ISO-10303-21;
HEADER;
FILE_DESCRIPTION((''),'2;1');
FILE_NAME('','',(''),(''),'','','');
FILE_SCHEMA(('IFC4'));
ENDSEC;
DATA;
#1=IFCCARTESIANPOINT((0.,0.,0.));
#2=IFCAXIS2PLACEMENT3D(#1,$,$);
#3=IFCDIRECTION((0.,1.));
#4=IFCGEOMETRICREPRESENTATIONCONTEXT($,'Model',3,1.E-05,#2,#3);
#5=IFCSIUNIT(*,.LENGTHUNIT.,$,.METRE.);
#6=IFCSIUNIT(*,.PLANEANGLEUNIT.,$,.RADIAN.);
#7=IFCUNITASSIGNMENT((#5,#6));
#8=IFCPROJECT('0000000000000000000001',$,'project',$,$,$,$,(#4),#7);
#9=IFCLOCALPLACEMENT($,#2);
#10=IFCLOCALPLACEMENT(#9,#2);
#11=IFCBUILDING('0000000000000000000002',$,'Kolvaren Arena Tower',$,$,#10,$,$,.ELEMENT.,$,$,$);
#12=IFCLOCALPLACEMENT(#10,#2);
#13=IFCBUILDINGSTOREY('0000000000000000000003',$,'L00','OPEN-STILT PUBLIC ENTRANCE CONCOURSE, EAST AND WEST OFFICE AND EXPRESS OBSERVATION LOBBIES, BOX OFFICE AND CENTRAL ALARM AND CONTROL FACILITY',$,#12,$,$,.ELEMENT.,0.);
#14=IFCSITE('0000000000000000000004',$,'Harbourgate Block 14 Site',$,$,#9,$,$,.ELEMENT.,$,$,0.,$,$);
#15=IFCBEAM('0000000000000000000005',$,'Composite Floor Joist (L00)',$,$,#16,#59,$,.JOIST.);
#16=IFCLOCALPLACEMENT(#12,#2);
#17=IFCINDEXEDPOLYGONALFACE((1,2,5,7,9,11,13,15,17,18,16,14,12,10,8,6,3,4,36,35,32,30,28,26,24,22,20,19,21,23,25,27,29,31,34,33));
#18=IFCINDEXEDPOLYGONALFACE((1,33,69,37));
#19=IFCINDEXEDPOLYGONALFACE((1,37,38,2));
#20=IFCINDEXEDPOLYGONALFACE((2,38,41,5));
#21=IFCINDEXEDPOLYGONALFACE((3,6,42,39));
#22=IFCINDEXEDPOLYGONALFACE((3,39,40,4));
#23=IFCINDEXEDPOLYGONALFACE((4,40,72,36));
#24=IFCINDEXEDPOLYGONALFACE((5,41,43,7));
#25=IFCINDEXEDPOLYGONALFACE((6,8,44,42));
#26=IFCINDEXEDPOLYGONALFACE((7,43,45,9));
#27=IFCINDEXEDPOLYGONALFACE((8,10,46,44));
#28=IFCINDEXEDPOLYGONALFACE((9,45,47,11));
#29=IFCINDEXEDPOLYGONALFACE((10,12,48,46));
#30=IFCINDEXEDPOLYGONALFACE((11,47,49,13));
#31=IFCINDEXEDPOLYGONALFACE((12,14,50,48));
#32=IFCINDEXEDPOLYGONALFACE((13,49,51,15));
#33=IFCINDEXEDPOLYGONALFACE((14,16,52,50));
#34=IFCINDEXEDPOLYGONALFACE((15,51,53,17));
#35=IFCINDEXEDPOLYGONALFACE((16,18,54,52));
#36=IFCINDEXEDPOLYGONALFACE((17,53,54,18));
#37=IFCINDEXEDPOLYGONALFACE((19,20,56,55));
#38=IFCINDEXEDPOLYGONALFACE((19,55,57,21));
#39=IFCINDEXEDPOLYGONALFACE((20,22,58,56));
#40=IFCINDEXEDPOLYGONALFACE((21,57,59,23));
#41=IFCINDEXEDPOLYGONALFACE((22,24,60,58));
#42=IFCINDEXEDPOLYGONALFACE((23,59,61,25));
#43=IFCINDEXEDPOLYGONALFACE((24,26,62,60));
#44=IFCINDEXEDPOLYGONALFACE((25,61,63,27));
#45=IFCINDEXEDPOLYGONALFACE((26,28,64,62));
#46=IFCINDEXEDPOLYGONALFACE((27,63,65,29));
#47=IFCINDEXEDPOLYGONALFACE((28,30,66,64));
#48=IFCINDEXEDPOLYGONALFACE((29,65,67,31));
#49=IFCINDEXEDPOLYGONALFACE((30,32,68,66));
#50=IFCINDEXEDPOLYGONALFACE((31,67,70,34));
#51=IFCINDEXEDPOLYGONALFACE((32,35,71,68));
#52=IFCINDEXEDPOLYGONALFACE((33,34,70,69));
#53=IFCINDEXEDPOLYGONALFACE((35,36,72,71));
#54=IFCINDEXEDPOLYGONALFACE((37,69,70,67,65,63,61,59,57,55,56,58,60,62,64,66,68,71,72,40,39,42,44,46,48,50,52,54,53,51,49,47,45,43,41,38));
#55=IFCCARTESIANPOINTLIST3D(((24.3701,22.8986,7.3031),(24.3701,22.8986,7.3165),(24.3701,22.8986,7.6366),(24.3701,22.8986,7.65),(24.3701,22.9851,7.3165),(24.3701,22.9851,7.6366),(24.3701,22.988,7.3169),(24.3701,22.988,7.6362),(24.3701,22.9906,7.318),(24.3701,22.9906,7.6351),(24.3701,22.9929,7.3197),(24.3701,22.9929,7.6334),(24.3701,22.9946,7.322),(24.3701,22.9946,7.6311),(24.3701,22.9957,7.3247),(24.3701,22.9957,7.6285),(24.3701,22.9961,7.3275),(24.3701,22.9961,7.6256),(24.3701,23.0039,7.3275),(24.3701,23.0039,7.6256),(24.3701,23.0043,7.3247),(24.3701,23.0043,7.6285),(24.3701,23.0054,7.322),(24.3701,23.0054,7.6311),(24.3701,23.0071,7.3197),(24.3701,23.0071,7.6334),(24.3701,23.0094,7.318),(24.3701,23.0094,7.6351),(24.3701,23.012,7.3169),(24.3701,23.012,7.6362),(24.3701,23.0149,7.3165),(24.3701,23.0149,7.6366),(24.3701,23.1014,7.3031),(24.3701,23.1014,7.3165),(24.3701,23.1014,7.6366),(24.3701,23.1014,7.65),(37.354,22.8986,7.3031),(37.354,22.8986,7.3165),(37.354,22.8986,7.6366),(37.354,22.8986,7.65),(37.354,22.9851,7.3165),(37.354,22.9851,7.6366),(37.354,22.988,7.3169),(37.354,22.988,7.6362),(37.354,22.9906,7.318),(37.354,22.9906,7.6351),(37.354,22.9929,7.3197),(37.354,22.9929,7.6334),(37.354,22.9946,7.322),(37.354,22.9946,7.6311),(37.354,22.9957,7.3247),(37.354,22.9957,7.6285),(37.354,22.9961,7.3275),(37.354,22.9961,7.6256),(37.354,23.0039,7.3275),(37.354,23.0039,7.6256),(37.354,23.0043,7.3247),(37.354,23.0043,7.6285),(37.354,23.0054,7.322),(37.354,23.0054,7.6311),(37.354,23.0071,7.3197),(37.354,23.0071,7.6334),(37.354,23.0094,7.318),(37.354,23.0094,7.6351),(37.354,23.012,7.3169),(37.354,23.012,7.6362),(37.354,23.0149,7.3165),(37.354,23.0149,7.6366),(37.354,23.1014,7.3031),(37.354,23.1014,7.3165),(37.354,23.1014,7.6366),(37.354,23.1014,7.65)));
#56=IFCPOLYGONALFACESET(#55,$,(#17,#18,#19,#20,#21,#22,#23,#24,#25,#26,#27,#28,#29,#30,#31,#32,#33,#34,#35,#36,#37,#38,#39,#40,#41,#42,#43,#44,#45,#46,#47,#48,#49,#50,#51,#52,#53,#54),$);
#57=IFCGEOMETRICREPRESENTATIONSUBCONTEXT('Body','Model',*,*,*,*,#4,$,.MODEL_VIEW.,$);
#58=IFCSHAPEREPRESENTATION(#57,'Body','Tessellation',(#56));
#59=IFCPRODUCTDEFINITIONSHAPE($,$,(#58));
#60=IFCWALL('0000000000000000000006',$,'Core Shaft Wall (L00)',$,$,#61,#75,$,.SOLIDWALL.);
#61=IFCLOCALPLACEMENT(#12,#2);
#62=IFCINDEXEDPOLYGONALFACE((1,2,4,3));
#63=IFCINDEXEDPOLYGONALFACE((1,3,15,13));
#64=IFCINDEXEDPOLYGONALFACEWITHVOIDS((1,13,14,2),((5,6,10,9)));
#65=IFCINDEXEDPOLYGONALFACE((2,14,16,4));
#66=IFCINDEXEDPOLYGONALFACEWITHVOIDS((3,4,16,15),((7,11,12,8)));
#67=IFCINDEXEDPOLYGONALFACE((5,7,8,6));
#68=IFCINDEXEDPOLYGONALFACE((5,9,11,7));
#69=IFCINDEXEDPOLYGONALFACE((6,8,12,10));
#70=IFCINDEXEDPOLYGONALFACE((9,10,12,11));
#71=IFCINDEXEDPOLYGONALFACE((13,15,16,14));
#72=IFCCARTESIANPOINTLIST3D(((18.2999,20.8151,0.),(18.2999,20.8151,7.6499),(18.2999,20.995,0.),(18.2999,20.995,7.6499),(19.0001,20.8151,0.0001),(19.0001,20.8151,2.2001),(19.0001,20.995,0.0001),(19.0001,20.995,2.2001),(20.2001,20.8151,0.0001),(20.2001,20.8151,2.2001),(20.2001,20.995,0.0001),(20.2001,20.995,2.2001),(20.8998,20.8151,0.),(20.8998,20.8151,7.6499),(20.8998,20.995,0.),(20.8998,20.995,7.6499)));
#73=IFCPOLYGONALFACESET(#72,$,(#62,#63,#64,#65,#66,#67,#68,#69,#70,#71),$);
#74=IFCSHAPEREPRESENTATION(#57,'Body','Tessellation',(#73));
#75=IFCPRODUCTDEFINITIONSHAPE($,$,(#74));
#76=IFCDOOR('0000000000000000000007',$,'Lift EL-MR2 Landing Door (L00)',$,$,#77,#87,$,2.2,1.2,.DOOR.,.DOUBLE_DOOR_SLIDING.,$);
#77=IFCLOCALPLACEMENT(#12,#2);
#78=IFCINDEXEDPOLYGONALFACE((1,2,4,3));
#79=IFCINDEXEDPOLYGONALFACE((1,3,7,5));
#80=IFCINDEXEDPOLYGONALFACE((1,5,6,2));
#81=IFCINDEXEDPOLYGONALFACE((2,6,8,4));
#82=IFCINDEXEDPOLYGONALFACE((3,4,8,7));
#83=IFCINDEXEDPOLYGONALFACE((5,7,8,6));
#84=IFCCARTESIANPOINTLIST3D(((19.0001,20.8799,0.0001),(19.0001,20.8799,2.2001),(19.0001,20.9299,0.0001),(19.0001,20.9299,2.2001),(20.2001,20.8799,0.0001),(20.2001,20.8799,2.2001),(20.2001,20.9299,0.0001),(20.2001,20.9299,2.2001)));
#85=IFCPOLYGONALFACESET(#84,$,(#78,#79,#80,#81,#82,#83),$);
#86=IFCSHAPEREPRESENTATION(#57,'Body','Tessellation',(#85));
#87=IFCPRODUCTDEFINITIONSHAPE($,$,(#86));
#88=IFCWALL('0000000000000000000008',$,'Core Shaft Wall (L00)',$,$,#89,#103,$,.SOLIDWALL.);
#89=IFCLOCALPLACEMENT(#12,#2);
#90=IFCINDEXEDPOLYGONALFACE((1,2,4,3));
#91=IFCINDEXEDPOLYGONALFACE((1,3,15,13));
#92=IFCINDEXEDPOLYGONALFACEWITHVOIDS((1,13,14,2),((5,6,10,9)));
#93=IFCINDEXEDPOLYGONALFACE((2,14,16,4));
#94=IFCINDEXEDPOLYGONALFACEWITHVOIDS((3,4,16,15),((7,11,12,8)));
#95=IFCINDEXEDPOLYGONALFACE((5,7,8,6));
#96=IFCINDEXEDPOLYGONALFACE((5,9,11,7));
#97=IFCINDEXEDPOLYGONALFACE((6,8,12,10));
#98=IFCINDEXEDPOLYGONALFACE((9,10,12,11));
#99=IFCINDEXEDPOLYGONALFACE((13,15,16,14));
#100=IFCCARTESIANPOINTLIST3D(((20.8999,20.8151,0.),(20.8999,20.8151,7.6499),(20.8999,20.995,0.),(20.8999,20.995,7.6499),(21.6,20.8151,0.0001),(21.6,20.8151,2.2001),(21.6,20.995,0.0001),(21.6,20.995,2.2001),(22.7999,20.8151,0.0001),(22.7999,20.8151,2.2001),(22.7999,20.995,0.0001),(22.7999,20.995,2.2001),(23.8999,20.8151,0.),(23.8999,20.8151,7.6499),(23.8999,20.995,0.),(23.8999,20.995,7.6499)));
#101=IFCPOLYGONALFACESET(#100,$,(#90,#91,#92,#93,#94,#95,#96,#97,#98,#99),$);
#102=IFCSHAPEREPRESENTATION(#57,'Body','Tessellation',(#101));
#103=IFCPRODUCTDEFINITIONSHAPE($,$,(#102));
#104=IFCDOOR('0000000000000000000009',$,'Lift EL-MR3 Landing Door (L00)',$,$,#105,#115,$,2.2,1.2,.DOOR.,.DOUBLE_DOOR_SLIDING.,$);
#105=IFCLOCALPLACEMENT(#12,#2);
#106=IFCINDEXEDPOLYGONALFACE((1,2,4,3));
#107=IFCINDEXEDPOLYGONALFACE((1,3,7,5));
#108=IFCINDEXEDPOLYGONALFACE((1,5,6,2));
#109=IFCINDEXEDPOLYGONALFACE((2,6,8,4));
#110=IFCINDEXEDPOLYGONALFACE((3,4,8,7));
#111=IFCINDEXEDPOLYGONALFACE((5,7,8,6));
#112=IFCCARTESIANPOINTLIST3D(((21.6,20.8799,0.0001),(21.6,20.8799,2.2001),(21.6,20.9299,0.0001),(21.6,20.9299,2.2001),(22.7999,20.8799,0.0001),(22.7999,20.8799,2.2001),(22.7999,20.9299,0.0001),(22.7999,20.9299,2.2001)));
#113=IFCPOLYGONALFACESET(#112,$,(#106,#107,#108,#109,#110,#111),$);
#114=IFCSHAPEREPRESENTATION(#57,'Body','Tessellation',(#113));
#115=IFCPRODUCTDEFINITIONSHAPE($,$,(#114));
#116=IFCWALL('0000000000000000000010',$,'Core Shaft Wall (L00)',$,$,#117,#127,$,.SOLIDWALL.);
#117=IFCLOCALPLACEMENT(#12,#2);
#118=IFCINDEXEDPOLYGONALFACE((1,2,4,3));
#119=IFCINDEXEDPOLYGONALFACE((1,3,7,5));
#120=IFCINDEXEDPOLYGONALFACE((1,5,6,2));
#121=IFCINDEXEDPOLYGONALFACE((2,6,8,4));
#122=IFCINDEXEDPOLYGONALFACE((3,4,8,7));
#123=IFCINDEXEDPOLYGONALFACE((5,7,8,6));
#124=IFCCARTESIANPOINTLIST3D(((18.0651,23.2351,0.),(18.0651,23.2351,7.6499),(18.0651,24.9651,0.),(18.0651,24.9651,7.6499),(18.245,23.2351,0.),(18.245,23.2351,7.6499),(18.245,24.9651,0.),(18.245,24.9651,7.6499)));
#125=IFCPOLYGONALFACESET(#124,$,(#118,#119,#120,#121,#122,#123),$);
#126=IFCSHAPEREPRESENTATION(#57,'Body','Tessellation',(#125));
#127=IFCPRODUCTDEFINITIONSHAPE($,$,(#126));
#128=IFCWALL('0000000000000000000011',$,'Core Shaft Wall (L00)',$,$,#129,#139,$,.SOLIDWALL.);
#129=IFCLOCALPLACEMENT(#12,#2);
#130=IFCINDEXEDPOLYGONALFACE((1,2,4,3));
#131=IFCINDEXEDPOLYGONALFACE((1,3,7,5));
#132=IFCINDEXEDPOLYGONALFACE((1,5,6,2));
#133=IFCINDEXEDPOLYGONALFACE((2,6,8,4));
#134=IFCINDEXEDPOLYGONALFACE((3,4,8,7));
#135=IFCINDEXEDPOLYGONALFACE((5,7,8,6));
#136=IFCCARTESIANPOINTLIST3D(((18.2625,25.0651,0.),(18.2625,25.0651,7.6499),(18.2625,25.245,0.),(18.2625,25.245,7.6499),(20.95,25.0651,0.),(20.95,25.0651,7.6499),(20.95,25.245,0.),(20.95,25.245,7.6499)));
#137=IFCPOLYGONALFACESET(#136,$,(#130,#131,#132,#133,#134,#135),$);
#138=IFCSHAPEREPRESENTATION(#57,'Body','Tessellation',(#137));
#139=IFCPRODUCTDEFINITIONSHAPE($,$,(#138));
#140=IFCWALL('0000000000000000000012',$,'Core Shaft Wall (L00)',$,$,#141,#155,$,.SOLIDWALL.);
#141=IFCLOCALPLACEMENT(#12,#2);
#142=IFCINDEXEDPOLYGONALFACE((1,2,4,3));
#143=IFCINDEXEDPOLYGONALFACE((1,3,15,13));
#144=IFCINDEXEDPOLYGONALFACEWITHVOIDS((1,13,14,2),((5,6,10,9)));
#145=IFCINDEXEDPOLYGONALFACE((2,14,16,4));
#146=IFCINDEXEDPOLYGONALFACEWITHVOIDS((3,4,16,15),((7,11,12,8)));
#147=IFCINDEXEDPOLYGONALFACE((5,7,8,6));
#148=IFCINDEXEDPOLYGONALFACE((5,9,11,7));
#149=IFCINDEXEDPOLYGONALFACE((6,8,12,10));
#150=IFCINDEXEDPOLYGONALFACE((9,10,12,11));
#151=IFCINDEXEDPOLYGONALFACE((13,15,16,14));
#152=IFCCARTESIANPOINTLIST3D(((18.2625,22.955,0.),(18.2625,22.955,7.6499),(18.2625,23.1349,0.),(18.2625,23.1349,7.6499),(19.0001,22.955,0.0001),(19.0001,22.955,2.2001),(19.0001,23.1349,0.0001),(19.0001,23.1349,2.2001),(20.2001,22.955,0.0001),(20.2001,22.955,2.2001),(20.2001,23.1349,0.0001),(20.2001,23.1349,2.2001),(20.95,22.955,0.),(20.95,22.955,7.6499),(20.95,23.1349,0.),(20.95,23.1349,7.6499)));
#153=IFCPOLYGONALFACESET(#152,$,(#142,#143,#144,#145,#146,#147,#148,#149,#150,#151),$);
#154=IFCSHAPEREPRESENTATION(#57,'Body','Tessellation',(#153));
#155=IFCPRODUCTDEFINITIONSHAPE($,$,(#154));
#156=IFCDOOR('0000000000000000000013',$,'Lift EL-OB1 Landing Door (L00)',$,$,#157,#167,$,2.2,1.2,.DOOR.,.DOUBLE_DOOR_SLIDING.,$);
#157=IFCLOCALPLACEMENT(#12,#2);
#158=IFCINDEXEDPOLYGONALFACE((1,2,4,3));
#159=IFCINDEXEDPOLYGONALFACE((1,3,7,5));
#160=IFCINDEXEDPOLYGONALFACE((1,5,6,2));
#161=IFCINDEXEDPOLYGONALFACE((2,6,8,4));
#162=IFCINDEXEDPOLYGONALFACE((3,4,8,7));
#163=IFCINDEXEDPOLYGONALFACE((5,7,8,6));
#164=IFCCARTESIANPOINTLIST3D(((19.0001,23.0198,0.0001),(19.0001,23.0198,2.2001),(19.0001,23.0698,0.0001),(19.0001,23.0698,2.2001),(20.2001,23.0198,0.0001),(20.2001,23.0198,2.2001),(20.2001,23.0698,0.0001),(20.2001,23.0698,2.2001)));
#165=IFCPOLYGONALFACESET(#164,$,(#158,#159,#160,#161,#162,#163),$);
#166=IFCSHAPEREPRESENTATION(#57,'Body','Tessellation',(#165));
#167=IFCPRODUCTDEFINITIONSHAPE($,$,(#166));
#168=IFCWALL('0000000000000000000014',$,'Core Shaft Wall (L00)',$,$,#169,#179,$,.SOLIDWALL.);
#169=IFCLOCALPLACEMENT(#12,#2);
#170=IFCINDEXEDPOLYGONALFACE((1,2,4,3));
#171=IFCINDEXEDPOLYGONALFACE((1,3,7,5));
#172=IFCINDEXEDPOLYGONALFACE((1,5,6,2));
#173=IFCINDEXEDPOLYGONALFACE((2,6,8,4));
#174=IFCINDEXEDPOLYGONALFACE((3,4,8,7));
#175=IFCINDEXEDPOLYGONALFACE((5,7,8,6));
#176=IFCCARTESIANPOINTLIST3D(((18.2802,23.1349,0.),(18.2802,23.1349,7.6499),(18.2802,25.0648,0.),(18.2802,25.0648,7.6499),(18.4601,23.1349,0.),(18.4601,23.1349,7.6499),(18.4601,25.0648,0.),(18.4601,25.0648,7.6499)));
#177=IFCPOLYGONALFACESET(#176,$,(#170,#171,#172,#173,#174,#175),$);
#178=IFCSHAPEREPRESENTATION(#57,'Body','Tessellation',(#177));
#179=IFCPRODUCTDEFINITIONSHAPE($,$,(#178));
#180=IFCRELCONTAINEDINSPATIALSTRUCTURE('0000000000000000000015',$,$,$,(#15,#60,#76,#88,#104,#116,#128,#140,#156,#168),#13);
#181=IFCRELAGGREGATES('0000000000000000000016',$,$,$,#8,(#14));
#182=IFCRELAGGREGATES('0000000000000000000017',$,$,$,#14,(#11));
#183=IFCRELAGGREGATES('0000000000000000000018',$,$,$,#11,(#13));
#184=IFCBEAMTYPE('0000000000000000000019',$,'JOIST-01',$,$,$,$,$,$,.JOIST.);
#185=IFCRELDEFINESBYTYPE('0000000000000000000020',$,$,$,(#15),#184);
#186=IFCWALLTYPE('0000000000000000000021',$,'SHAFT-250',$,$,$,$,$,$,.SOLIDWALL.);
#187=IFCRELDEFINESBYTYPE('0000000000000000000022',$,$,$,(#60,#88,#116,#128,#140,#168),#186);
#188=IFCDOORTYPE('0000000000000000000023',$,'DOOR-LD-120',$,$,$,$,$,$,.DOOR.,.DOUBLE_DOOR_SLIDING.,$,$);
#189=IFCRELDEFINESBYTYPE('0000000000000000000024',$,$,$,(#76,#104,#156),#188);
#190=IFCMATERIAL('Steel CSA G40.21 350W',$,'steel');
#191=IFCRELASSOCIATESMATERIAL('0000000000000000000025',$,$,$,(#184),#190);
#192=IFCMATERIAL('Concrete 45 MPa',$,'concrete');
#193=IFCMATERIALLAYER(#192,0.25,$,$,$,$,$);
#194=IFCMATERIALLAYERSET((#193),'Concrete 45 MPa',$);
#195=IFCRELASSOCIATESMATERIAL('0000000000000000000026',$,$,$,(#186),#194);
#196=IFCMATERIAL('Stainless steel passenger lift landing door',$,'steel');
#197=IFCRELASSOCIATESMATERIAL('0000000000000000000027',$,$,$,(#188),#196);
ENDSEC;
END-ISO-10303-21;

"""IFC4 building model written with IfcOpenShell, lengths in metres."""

from ifc_helpers import new_model, si_unit, direction, frame, frame_2d, origin, origin_2d, place, context, subcontext, project, spatial, rectangle, i_section, extrude, material, layer, layer_set, material_profile, profile_set, type_object, element, fill, save


model = new_model("IFC4")

# Units and contexts
model_context = context("Model", 3, precision=1e-05, world=origin(), true_north=direction((0.0, 1.0)))
body_context = subcontext(model_context, "Body", "Model", "MODEL_VIEW")
ifc_project = project(units=[si_unit("LENGTHUNIT", "METRE"), si_unit("PLANEANGLEUNIT", "RADIAN")], contexts=[model_context])

# Site, building, storey
site_placement = place(None, origin())
site = spatial("IfcSite", under=ifc_project, at=site_placement, Name="Harbourgate Block 14 Site", CompositionType="ELEMENT", RefElevation=0.0)
building_placement = place(site_placement, origin())
building = spatial("IfcBuilding", under=site, at=building_placement, Name="Kolvaren Arena Tower", CompositionType="ELEMENT")
storey_placement = place(building_placement, origin())
storey = spatial("IfcBuildingStorey", under=building, at=storey_placement, Name="L00", Description="OPEN-STILT PUBLIC ENTRANCE CONCOURSE, EAST AND WEST OFFICE AND EXPRESS OBSERVATION LOBBIES, BOX OFFICE AND CENTRAL ALARM AND CONTROL FACILITY", CompositionType="ELEMENT", Elevation=0.0)

# Beam
ifc_material_1 = material(Name="Steel CSA G40.21 350W", Category="steel")
ifc_material_profile_1 = material_profile(ifc_material_1, i_section(OverallWidth=0.2029, OverallDepth=0.3469, WebThickness=0.0078, FlangeThickness=0.0134, FilletRadius=0.011, at=origin_2d()), Name="W360x64")
ifc_profile_set_1 = profile_set([ifc_material_profile_1], Name="Steel CSA G40.21 350W")
beam_type_1 = type_object("IfcBeamType", Name="JOIST-01", PredefinedType="JOIST", material=ifc_profile_set_1)
for number, where, z_axis, x_axis, name in (
    (1, (24.3701, 23.0, 7.4766), (1.0, 0.0, 0.0), (0.0, 1.0, 0.0), "Composite Floor Joist (L00)"),
):
    element("IfcBeam", number, at=place(storey_placement, frame(where, z_axis=z_axis, x_axis=x_axis)), inside=storey, type_object=beam_type_1, Name=name, PredefinedType="JOIST", context=body_context, shape_type="SweptSolid", body=[
        extrude(i_section(OverallWidth=0.2029, OverallDepth=0.3469, WebThickness=0.0078, FlangeThickness=0.0134, FilletRadius=0.011, at=origin_2d()), origin(), (0.0, 0.0, 1.0), 12.9839),
    ])

# Walls, openings, doors
ifc_material_2 = material(Name="Concrete 45 MPa", Category="concrete")
ifc_layer = layer(ifc_material_2, 0.25)
ifc_layer_set = layer_set([ifc_layer], Name="Concrete 45 MPa")
wall_type = type_object("IfcWallType", Name="SHAFT-250", PredefinedType="SOLIDWALL", material=ifc_layer_set)
wall_1_placement = place(storey_placement, frame((18.3, 20.905, 0.0), z_axis=(0.0, 0.0, 1.0), x_axis=(1.0, 0.0, 0.0)))
wall_1 = element("IfcWall", 2, at=wall_1_placement, inside=storey, type_object=wall_type, Name="Core Shaft Wall (L00)", PredefinedType="SOLIDWALL", context=body_context, shape_type="SweptSolid", body=[
    extrude(rectangle(XDim=2.5999, YDim=0.1799, at=frame_2d((1.2998, 0.0))), origin(), (0.0, 0.0, 1.0), 7.6499),
])
opening_1_placement = place(wall_1_placement, frame((0.7, 0.0, 0.0)))
opening_1 = element("IfcOpeningElement", 3, at=opening_1_placement, cuts=wall_1, PredefinedType="OPENING", context=body_context, shape_type="SweptSolid", body=[
    extrude(rectangle(XDim=1.2, YDim=2.2, at=frame_2d((0.6001, 1.1001))), frame((0.0, 0.0999, 0.0), z_axis=(0.0, -1.0, 0.0), x_axis=(1.0, 0.0, 0.0)), (0.0, 0.0, 1.0), 0.2),
])
ifc_material_3 = material(Name="Stainless steel passenger lift landing door", Category="steel")
door_type = type_object("IfcDoorType", Name="DOOR-LD-120", OperationType="DOUBLE_DOOR_SLIDING", PredefinedType="DOOR", material=ifc_material_3)
door_1_placement = place(opening_1_placement, origin())
door_1 = element("IfcDoor", 4, at=door_1_placement, inside=storey, type_object=door_type, Name="Lift EL-MR2 Landing Door (L00)", OperationType="DOUBLE_DOOR_SLIDING", OverallHeight=2.2, OverallWidth=1.2, PredefinedType="DOOR", context=body_context, shape_type="SweptSolid", body=[
    extrude(rectangle(XDim=1.2, YDim=2.2, at=frame_2d((0.6001, 1.1001))), frame((0.0, 0.0249, 0.0), z_axis=(0.0, -1.0, 0.0), x_axis=(1.0, 0.0, 0.0)), (0.0, 0.0, 1.0), 0.05),
])
fill(opening_1, door_1)
wall_2_placement = place(storey_placement, frame((20.8999, 20.905, 0.0), z_axis=(0.0, 0.0, 1.0), x_axis=(1.0, 0.0, 0.0)))
wall_2 = element("IfcWall", 5, at=wall_2_placement, inside=storey, type_object=wall_type, Name="Core Shaft Wall (L00)", PredefinedType="SOLIDWALL", context=body_context, shape_type="SweptSolid", body=[
    extrude(rectangle(XDim=3.0, YDim=0.1799, at=frame_2d((1.5, 0.0))), origin(), (0.0, 0.0, 1.0), 7.6499),
])
opening_2_placement = place(wall_2_placement, frame((0.7, 0.0, 0.0)))
opening_2 = element("IfcOpeningElement", 6, at=opening_2_placement, cuts=wall_2, PredefinedType="OPENING", context=body_context, shape_type="SweptSolid", body=[
    extrude(rectangle(XDim=1.2, YDim=2.2, at=frame_2d((0.6001, 1.1001))), frame((0.0, 0.0999, 0.0), z_axis=(0.0, -1.0, 0.0), x_axis=(1.0, 0.0, 0.0)), (0.0, 0.0, 1.0), 0.2),
])
door_2_placement = place(opening_2_placement, origin())
door_2 = element("IfcDoor", 7, at=door_2_placement, inside=storey, type_object=door_type, Name="Lift EL-MR3 Landing Door (L00)", OperationType="DOUBLE_DOOR_SLIDING", OverallHeight=2.2, OverallWidth=1.2, PredefinedType="DOOR", context=body_context, shape_type="SweptSolid", body=[
    extrude(rectangle(XDim=1.2, YDim=2.2, at=frame_2d((0.6001, 1.1001))), frame((0.0, 0.0249, 0.0), z_axis=(0.0, -1.0, 0.0), x_axis=(1.0, 0.0, 0.0)), (0.0, 0.0, 1.0), 0.05),
])
fill(opening_2, door_2)

# Walls
wall_3_placement = place(storey_placement, frame((18.155, 23.2351, 0.0), z_axis=(0.0, 0.0, 1.0), x_axis=(0.0, 1.0, 0.0)))
element("IfcWall", 8, at=wall_3_placement, inside=storey, type_object=wall_type, Name="Core Shaft Wall (L00)", PredefinedType="SOLIDWALL", context=body_context, shape_type="SweptSolid", body=[
    extrude(rectangle(XDim=1.73, YDim=0.1799, at=frame_2d((0.865, 0.0))), origin(), (0.0, 0.0, 1.0), 7.6499),
])
wall_4_placement = place(storey_placement, frame((18.2625, 25.155, 0.0), z_axis=(0.0, 0.0, 1.0), x_axis=(1.0, 0.0, 0.0)))
element("IfcWall", 9, at=wall_4_placement, inside=storey, type_object=wall_type, Name="Core Shaft Wall (L00)", PredefinedType="SOLIDWALL", context=body_context, shape_type="SweptSolid", body=[
    extrude(rectangle(XDim=2.6875, YDim=0.1799, at=frame_2d((1.3438, 0.0))), origin(), (0.0, 0.0, 1.0), 7.6499),
])

# Wall, opening, door
wall_5_placement = place(storey_placement, frame((18.2625, 23.0449, 0.0), z_axis=(0.0, 0.0, 1.0), x_axis=(1.0, 0.0, 0.0)))
wall_5 = element("IfcWall", 10, at=wall_5_placement, inside=storey, type_object=wall_type, Name="Core Shaft Wall (L00)", PredefinedType="SOLIDWALL", context=body_context, shape_type="SweptSolid", body=[
    extrude(rectangle(XDim=2.6875, YDim=0.1799, at=frame_2d((1.3438, 0.0))), origin(), (0.0, 0.0, 1.0), 7.6499),
])
opening_3_placement = place(wall_5_placement, frame((0.7375, 0.0, 0.0)))
opening_3 = element("IfcOpeningElement", 11, at=opening_3_placement, cuts=wall_5, PredefinedType="OPENING", context=body_context, shape_type="SweptSolid", body=[
    extrude(rectangle(XDim=1.2, YDim=2.2, at=frame_2d((0.6001, 1.1001))), frame((0.0, 0.0999, 0.0), z_axis=(0.0, -1.0, 0.0), x_axis=(1.0, 0.0, 0.0)), (0.0, 0.0, 1.0), 0.2),
])
door_3_placement = place(opening_3_placement, origin())
door_3 = element("IfcDoor", 12, at=door_3_placement, inside=storey, type_object=door_type, Name="Lift EL-OB1 Landing Door (L00)", OperationType="DOUBLE_DOOR_SLIDING", OverallHeight=2.2, OverallWidth=1.2, PredefinedType="DOOR", context=body_context, shape_type="SweptSolid", body=[
    extrude(rectangle(XDim=1.2, YDim=2.2, at=frame_2d((0.6001, 1.1001))), frame((0.0, 0.0249, 0.0), z_axis=(0.0, -1.0, 0.0), x_axis=(1.0, 0.0, 0.0)), (0.0, 0.0, 1.0), 0.05),
])
fill(opening_3, door_3)

# Wall
for number, where, z_axis, x_axis, name in (
    (13, (18.3701, 23.135, 0.0), (0.0, 0.0, 1.0), (0.0, 1.0, 0.0), "Core Shaft Wall (L00)"),
):
    element("IfcWall", number, at=place(storey_placement, frame(where, z_axis=z_axis, x_axis=x_axis)), inside=storey, type_object=wall_type, Name=name, PredefinedType="SOLIDWALL", context=body_context, shape_type="SweptSolid", body=[
        extrude(rectangle(XDim=1.9299, YDim=0.1799, at=frame_2d((0.9648, 0.0))), origin(), (0.0, 0.0, 1.0), 7.6499),
    ])

save(model, "model.ifc")
